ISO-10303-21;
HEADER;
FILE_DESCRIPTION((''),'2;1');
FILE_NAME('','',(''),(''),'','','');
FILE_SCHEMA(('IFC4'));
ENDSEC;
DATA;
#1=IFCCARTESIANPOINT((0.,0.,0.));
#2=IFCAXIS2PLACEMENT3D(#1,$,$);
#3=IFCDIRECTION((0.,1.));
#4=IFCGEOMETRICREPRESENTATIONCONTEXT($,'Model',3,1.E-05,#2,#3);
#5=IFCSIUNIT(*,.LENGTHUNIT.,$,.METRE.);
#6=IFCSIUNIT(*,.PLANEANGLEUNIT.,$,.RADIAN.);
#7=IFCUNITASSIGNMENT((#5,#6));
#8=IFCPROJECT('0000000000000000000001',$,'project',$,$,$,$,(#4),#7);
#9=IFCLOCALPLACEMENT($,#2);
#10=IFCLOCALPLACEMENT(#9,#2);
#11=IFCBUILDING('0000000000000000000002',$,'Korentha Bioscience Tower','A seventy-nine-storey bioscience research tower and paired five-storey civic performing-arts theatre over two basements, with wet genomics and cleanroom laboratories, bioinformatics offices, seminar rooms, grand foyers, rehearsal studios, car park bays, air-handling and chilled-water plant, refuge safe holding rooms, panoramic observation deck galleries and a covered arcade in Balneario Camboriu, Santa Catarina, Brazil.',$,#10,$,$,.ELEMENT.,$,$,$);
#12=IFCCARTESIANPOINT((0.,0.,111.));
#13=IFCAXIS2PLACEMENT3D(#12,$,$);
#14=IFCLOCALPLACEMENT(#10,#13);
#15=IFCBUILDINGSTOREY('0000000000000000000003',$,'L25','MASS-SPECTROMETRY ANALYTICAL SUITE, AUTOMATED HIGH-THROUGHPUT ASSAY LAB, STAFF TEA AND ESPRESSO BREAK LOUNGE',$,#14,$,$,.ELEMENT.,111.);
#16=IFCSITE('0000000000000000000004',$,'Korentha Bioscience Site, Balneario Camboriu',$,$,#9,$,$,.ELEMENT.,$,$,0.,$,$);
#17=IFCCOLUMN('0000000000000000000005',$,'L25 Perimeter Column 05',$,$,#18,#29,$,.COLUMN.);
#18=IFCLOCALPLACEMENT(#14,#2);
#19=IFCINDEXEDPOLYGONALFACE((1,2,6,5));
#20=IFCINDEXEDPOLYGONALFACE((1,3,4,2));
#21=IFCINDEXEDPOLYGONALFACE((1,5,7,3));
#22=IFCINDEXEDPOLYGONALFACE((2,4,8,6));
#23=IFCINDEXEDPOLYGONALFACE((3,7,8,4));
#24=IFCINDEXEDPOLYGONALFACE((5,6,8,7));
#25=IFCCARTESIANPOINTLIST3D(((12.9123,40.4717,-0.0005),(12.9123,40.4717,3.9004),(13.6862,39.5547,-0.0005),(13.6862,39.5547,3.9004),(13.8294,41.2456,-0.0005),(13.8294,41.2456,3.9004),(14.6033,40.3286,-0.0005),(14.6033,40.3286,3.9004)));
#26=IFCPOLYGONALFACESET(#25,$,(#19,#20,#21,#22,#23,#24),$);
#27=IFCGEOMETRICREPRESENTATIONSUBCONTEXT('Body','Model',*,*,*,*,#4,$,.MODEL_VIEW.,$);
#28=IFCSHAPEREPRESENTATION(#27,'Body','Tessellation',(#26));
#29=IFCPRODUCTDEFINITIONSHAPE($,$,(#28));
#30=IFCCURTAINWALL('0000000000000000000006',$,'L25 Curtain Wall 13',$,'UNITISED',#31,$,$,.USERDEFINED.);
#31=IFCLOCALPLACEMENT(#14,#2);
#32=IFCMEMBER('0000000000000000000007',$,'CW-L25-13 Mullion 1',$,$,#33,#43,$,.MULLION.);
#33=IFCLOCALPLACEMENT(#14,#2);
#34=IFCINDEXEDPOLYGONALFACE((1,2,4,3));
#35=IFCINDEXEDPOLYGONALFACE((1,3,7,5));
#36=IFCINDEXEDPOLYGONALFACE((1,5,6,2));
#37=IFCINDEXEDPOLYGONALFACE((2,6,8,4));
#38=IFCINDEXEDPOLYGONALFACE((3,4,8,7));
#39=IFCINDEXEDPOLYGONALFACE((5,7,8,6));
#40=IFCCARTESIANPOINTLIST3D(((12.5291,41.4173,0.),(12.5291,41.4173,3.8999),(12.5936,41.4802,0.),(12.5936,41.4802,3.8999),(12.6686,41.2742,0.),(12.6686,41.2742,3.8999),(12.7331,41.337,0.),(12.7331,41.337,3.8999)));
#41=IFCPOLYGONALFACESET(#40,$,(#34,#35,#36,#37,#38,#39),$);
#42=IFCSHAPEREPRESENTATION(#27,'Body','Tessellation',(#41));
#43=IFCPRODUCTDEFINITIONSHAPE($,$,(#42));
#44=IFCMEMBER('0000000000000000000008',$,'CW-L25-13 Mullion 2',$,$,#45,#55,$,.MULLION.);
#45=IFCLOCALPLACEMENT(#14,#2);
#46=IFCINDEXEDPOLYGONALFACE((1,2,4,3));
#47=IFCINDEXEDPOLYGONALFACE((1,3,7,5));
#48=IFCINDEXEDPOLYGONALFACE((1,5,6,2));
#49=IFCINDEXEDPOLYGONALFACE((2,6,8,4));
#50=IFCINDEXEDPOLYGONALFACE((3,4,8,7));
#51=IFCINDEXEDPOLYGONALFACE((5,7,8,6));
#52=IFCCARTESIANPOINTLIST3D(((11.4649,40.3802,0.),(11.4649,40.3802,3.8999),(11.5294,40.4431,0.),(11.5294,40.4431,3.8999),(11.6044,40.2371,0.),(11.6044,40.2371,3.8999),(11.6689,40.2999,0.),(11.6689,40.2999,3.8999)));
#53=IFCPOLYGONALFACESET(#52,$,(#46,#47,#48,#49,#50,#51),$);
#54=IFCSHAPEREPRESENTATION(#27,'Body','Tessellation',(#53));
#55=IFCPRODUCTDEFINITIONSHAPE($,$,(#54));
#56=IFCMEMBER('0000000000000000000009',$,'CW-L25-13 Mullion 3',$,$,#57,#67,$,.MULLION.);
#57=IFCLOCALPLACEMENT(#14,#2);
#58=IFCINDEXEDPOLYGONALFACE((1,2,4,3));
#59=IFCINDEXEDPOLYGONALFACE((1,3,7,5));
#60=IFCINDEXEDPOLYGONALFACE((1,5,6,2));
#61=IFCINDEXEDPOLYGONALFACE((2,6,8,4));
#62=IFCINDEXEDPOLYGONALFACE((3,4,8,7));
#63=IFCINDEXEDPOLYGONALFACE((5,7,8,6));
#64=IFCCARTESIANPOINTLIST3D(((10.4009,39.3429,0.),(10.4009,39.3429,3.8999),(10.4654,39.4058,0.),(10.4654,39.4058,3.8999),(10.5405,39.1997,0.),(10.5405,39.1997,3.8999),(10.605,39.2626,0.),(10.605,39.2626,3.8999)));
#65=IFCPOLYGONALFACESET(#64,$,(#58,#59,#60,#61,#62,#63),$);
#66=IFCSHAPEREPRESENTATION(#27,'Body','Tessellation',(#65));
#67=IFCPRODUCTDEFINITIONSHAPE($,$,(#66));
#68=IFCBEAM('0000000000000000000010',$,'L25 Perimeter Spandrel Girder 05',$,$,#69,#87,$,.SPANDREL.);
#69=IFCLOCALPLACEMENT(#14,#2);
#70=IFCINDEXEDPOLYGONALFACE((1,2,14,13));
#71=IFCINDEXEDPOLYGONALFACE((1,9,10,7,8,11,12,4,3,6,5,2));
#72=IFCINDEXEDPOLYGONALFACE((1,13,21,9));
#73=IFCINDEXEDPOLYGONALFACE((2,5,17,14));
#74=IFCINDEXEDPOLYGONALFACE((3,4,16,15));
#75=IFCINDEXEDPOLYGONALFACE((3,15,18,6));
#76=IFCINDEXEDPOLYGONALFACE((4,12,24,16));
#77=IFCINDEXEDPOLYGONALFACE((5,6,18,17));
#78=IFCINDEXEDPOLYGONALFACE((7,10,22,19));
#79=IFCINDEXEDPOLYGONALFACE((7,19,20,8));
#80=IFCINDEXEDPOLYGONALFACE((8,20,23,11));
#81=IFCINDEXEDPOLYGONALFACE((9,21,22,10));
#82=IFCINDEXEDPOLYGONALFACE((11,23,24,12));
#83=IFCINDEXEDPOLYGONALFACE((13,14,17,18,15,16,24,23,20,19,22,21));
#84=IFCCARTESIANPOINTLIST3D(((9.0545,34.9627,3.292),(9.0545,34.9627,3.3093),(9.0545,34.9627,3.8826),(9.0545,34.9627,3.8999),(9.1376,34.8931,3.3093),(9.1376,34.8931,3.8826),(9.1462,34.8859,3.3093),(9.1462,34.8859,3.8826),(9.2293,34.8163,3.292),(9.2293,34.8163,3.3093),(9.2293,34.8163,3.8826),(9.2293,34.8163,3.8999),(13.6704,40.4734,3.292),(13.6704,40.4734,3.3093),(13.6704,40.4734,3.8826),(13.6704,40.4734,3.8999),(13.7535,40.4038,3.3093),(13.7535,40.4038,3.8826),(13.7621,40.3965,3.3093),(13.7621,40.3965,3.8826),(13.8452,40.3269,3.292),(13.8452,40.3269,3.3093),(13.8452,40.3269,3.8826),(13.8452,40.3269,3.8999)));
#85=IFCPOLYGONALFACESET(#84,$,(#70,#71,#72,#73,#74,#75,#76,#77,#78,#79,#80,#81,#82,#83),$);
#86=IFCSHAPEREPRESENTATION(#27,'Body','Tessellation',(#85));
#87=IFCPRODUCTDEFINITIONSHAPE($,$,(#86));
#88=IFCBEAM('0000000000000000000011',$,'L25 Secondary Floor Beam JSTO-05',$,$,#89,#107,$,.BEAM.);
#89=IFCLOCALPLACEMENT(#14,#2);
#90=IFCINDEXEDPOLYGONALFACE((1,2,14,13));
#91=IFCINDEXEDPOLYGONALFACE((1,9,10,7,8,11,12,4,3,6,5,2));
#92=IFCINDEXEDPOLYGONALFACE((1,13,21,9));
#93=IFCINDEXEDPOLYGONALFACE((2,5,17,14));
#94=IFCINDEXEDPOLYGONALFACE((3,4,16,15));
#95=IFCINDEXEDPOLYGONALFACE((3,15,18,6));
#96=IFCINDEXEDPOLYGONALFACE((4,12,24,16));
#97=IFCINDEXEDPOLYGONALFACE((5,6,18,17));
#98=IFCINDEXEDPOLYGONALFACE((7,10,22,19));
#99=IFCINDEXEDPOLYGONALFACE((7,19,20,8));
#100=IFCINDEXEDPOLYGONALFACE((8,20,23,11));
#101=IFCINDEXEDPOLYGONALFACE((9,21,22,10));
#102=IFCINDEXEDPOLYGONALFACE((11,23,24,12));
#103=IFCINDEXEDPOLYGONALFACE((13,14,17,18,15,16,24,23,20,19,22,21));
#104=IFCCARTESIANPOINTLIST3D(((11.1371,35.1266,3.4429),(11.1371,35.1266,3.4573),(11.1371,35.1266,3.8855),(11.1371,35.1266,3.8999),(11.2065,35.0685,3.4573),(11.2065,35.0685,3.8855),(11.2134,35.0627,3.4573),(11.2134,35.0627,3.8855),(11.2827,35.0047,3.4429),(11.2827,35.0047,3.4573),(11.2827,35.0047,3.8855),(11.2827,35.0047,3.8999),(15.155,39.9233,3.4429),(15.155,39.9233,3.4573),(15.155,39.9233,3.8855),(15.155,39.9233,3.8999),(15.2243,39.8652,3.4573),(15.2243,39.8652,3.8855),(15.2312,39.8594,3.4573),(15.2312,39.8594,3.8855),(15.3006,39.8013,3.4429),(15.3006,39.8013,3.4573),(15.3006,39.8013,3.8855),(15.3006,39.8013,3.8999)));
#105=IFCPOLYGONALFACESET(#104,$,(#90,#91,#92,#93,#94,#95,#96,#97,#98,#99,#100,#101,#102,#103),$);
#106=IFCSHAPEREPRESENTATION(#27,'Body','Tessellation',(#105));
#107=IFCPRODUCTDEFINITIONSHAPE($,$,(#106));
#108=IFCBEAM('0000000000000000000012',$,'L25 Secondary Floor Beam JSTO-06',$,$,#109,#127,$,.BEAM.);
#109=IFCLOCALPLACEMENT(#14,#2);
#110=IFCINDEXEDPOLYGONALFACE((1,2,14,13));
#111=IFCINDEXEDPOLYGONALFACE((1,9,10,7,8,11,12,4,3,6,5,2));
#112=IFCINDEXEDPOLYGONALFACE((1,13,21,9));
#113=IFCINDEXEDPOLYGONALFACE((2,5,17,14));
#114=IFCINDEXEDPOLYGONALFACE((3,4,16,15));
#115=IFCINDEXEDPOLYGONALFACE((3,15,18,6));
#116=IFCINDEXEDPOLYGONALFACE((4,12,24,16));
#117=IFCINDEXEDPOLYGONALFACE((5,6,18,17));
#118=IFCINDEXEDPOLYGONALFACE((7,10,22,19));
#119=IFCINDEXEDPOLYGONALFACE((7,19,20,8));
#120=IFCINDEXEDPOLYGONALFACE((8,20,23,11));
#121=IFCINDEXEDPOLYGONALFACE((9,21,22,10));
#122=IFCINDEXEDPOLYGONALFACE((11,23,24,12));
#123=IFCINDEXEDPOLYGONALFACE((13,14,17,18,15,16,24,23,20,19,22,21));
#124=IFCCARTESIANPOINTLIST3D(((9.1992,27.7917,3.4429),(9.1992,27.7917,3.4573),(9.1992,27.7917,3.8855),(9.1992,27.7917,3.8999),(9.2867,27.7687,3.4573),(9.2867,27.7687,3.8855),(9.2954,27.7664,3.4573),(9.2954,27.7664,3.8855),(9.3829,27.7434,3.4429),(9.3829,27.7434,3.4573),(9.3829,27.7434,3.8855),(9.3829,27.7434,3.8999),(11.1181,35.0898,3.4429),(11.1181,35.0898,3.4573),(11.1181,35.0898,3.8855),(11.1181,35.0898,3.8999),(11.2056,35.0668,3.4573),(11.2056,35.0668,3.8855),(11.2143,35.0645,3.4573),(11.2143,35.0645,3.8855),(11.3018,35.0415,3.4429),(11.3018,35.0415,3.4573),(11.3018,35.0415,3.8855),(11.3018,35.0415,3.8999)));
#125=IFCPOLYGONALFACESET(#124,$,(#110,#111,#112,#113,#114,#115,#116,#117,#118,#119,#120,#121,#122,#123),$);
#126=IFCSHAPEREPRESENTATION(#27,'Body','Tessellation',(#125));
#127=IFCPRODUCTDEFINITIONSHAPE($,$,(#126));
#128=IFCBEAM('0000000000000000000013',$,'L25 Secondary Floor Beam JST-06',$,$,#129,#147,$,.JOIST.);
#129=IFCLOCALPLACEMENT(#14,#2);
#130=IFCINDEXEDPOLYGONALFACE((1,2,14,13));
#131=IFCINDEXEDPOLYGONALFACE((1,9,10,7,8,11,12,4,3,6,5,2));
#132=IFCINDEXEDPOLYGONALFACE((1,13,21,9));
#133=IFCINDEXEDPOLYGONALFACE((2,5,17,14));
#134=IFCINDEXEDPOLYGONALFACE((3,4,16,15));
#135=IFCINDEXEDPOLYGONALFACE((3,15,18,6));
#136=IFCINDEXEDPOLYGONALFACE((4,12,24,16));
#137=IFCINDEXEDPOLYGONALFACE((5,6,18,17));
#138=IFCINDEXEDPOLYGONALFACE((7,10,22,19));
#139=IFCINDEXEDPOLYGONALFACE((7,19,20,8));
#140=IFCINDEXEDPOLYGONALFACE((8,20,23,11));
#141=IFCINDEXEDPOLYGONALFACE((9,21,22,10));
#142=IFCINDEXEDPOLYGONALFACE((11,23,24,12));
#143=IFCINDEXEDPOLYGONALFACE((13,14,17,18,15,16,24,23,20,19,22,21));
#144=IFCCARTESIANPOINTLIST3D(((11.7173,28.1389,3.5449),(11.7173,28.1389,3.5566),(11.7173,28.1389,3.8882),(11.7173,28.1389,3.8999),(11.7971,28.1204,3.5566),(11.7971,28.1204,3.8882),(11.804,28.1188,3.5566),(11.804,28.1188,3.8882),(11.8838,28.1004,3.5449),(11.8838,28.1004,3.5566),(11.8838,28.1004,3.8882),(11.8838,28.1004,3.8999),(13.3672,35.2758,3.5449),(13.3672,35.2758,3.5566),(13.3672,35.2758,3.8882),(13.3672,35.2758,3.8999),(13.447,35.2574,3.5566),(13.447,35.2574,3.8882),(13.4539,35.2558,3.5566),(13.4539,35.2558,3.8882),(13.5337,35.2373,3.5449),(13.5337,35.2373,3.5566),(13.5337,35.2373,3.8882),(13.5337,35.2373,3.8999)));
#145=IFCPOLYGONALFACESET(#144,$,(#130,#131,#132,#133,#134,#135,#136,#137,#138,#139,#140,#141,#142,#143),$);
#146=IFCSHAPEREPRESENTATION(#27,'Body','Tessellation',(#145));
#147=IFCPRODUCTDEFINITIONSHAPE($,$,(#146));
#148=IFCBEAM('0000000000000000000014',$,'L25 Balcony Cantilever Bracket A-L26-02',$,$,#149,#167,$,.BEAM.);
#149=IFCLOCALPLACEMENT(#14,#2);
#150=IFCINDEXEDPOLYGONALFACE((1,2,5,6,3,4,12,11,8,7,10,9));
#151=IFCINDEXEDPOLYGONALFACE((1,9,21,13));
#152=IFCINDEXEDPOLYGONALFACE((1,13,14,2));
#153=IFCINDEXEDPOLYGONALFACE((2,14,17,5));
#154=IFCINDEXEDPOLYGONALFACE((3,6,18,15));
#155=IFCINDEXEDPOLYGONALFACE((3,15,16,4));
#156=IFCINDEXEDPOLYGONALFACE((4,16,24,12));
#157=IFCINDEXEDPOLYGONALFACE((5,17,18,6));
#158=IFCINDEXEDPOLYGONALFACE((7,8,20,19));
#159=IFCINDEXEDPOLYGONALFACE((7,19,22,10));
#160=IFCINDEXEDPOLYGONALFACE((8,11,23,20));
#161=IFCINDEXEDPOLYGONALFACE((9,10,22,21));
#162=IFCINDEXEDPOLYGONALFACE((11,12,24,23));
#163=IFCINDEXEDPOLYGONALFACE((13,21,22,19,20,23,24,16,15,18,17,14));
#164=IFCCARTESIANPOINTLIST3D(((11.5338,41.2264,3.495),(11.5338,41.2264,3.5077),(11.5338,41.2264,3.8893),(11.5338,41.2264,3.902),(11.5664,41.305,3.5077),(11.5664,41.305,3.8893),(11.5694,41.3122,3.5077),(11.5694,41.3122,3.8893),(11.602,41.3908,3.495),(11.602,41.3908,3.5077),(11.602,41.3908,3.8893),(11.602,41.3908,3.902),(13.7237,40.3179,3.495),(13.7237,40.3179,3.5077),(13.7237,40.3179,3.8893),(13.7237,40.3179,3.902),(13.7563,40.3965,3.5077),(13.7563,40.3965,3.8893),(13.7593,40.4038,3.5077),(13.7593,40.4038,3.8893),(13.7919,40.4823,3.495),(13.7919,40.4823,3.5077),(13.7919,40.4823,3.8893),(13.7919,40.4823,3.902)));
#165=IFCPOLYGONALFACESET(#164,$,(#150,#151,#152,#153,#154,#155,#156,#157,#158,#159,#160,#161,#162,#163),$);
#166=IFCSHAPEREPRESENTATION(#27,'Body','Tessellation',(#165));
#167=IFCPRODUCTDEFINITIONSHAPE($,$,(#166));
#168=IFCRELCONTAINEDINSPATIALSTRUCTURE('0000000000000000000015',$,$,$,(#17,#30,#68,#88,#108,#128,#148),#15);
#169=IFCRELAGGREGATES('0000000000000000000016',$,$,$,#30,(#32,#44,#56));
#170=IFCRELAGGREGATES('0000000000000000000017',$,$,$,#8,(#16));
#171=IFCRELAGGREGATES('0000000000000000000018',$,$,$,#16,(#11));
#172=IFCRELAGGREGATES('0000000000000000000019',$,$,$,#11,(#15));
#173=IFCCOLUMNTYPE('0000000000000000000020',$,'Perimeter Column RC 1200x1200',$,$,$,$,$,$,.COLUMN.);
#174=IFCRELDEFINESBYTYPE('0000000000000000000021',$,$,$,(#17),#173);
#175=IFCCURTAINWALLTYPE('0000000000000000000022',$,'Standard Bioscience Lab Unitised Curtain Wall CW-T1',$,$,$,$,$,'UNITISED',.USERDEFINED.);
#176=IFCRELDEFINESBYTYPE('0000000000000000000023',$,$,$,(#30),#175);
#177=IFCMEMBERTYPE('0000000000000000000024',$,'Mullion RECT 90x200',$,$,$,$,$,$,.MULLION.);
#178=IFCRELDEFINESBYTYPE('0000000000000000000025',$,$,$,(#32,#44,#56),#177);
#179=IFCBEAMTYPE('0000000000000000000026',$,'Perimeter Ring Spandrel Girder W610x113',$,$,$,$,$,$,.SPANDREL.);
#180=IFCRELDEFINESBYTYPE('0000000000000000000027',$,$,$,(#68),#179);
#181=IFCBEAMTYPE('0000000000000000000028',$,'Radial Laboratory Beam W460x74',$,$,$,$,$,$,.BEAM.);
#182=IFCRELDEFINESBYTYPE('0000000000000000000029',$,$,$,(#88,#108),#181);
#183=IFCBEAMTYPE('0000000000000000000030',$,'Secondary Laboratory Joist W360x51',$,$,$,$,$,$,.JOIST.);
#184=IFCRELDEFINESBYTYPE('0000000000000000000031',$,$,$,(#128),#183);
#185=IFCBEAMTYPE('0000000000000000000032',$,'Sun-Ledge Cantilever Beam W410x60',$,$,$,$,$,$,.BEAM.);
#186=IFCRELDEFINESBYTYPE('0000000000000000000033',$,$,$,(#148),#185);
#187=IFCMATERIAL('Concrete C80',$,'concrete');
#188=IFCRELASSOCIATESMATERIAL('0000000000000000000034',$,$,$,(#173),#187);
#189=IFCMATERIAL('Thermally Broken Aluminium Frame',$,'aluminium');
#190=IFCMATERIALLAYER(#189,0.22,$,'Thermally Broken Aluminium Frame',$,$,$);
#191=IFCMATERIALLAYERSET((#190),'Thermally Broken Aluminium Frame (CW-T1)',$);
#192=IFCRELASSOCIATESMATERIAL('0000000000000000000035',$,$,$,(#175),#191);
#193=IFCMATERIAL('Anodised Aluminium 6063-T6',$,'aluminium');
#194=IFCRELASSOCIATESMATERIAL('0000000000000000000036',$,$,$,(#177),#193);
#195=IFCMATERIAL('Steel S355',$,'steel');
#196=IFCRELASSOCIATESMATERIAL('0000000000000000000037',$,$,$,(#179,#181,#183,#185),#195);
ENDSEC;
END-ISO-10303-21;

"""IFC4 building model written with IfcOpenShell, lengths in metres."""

from ifc_helpers import new_model, si_unit, direction, frame, origin, origin_2d, place, context, subcontext, project, spatial, rectangle, i_section, extrude, material, layer, layer_set, material_profile, profile_set, type_object, element, aggregate, save


model = new_model("IFC4")

# Units and contexts
model_context = context("Model", 3, precision=1e-05, world=origin(), true_north=direction((0.0, 1.0)))
body_context = subcontext(model_context, "Body", "Model", "MODEL_VIEW")
ifc_project = project(units=[si_unit("LENGTHUNIT", "METRE"), si_unit("PLANEANGLEUNIT", "RADIAN")], contexts=[model_context])

# Site, building, storey
site_placement = place(None, origin())
site = spatial("IfcSite", under=ifc_project, at=site_placement, Name="Korentha Bioscience Site, Balneario Camboriu", CompositionType="ELEMENT", RefElevation=0.0)
building_placement = place(site_placement, origin())
building = spatial("IfcBuilding", under=site, at=building_placement, Name="Korentha Bioscience Tower", Description="A seventy-nine-storey bioscience research tower and paired five-storey civic performing-arts theatre over two basements, with wet genomics and cleanroom laboratories, bioinformatics offices, seminar rooms, grand foyers, rehearsal studios, car park bays, air-handling and chilled-water plant, refuge safe holding rooms, panoramic observation deck galleries and a covered arcade in Balneario Camboriu, Santa Catarina, Brazil.", CompositionType="ELEMENT")
storey_placement = place(building_placement, frame((0.0, 0.0, 111.0)))
storey = spatial("IfcBuildingStorey", under=building, at=storey_placement, Name="L25", Description="MASS-SPECTROMETRY ANALYTICAL SUITE, AUTOMATED HIGH-THROUGHPUT ASSAY LAB, STAFF TEA AND ESPRESSO BREAK LOUNGE", CompositionType="ELEMENT", Elevation=111.0)

# Column
ifc_material_1 = material(Name="Concrete C80", Category="concrete")
ifc_material_profile_1 = material_profile(ifc_material_1, rectangle(XDim=1.2, YDim=1.2, at=origin_2d()), Name="Concrete C80")
ifc_profile_set_1 = profile_set([ifc_material_profile_1], Name="Concrete C80 (COL-P12)")
column_type = type_object("IfcColumnType", Name="Perimeter Column RC 1200x1200", PredefinedType="COLUMN", material=ifc_profile_set_1)
column_placement = place(storey_placement, frame((13.7578, 40.4001, -0.0005), z_axis=(0.0, 0.0, 1.0), x_axis=(0.764246, 0.644924, 0.0)))
element("IfcColumn", 1, at=column_placement, inside=storey, type_object=column_type, Name="L25 Perimeter Column 05", PredefinedType="COLUMN", context=body_context, shape_type="SweptSolid", body=[
    extrude(rectangle(XDim=1.2, YDim=1.2, at=origin_2d()), origin(), (0.0, 0.0, 1.0), 3.9009),
])

# Curtain wall, members
ifc_material_2 = material(Name="Thermally Broken Aluminium Frame", Category="aluminium")
ifc_layer_1 = layer(ifc_material_2, 0.22, Name="Thermally Broken Aluminium Frame")
ifc_layer_set_1 = layer_set([ifc_layer_1], Name="Thermally Broken Aluminium Frame (CW-T1)")
curtain_wall_type = type_object("IfcCurtainWallType", Name="Standard Bioscience Lab Unitised Curtain Wall CW-T1", ElementType="UNITISED", PredefinedType="USERDEFINED", material=ifc_layer_set_1)
curtain_wall_placement = place(storey_placement, origin())
curtain_wall = element("IfcCurtainWall", 2, at=curtain_wall_placement, inside=storey, type_object=curtain_wall_type, Name="L25 Curtain Wall 13", ObjectType="UNITISED", PredefinedType="USERDEFINED")
ifc_material_3 = material(Name="Anodised Aluminium 6063-T6", Category="aluminium")
ifc_material_profile_2 = material_profile(ifc_material_3, rectangle(XDim=0.0901, YDim=0.2, at=origin_2d()), Name="Anodised Aluminium 6063-T6")
ifc_profile_set_2 = profile_set([ifc_material_profile_2], Name="Anodised Aluminium 6063-T6 (CW-MUL)")
member_type_1 = type_object("IfcMemberType", Name="Mullion RECT 90x200", PredefinedType="MULLION", material=ifc_profile_set_2)
member_1_placement = place(storey_placement, frame((12.6311, 41.3772, 0.0), z_axis=(0.0, 0.0, 1.0), x_axis=(-0.716096, -0.698002, 0.0)))
member_1 = element("IfcMember", 3, at=member_1_placement, type_object=member_type_1, Name="CW-L25-13 Mullion 1", PredefinedType="MULLION", context=body_context, shape_type="SweptSolid", body=[
    extrude(rectangle(XDim=0.0901, YDim=0.2, at=origin_2d()), origin(), (0.0, 0.0, 1.0), 3.8999),
])
member_2_placement = place(storey_placement, frame((11.5669, 40.3401, 0.0), z_axis=(0.0, 0.0, 1.0), x_axis=(-0.716096, -0.698002, 0.0)))
member_2 = element("IfcMember", 4, at=member_2_placement, type_object=member_type_1, Name="CW-L25-13 Mullion 2", PredefinedType="MULLION", context=body_context, shape_type="SweptSolid", body=[
    extrude(rectangle(XDim=0.0901, YDim=0.2, at=origin_2d()), origin(), (0.0, 0.0, 1.0), 3.8999),
])
member_3_placement = place(storey_placement, frame((10.5029, 39.3027, 0.0), z_axis=(0.0, 0.0, 1.0), x_axis=(-0.716096, -0.698002, 0.0)))
member_3 = element("IfcMember", 5, at=member_3_placement, type_object=member_type_1, Name="CW-L25-13 Mullion 3", PredefinedType="MULLION", context=body_context, shape_type="SweptSolid", body=[
    extrude(rectangle(XDim=0.0901, YDim=0.2, at=origin_2d()), origin(), (0.0, 0.0, 1.0), 3.8999),
])

# Beams
ifc_material_4 = material(Name="Steel S355", Category="steel")
ifc_material_profile_3 = material_profile(ifc_material_4, i_section(OverallWidth=0.228, OverallDepth=0.6079, WebThickness=0.0112, FlangeThickness=0.0173, at=origin_2d()), Name="Steel S355")
ifc_profile_set_3 = profile_set([ifc_material_profile_3], Name="Steel S355 (SB-610)")
beam_type_1 = type_object("IfcBeamType", Name="Perimeter Ring Spandrel Girder W610x113", PredefinedType="SPANDREL", material=ifc_profile_set_3)
beam_1_placement = place(storey_placement, frame((13.7578, 40.4001, 3.5959), z_axis=(-0.642127, -0.766599, 0.0), x_axis=(0.766599, -0.642127, 0.0)))
element("IfcBeam", 6, at=beam_1_placement, inside=storey, type_object=beam_type_1, Name="L25 Perimeter Spandrel Girder 05", PredefinedType="SPANDREL", context=body_context, shape_type="SweptSolid", body=[
    extrude(i_section(OverallWidth=0.228, OverallDepth=0.6079, WebThickness=0.0112, FlangeThickness=0.0173, at=origin_2d()), origin(), (0.0, 0.0, 1.0), 7.1885),
])
ifc_material_profile_4 = material_profile(ifc_material_4, i_section(OverallWidth=0.1899, OverallDepth=0.457, WebThickness=0.009, FlangeThickness=0.0144, at=origin_2d()), Name="Steel S355")
ifc_profile_set_4 = profile_set([ifc_material_profile_4], Name="Steel S355 (RB-460)")
beam_type_2 = type_object("IfcBeamType", Name="Radial Laboratory Beam W460x74", PredefinedType="BEAM", material=ifc_profile_set_4)
beam_2_placement = place(storey_placement, frame((15.2278, 39.8623, 3.6714), z_axis=(-0.642128, -0.766597, 0.0), x_axis=(0.766597, -0.642128, 0.0)))
element("IfcBeam", 7, at=beam_2_placement, inside=storey, type_object=beam_type_2, Name="L25 Secondary Floor Beam JSTO-05", PredefinedType="BEAM", context=body_context, shape_type="SweptSolid", body=[
    extrude(i_section(OverallWidth=0.1899, OverallDepth=0.457, WebThickness=0.009, FlangeThickness=0.0144, at=origin_2d()), origin(), (0.0, 0.0, 1.0), 6.2571),
])
beam_3_placement = place(storey_placement, frame((11.21, 35.0657, 3.6714), z_axis=(-0.254294, -0.967127, 0.0), x_axis=(0.967127, -0.254294, 0.0)))
element("IfcBeam", 8, at=beam_3_placement, inside=storey, type_object=beam_type_2, Name="L25 Secondary Floor Beam JSTO-06", PredefinedType="BEAM", context=body_context, shape_type="SweptSolid", body=[
    extrude(i_section(OverallWidth=0.1899, OverallDepth=0.457, WebThickness=0.009, FlangeThickness=0.0144, at=origin_2d()), origin(), (0.0, 0.0, 1.0), 7.5461),
])
ifc_material_profile_5 = material_profile(ifc_material_4, i_section(OverallWidth=0.1709, OverallDepth=0.355, WebThickness=0.0071, FlangeThickness=0.0117, at=origin_2d()), Name="Steel S355")
ifc_profile_set_5 = profile_set([ifc_material_profile_5], Name="Steel S355 (JB-360)")
beam_type_3 = type_object("IfcBeamType", Name="Secondary Laboratory Joist W360x51", PredefinedType="JOIST", material=ifc_profile_set_5)
beam_4_placement = place(storey_placement, frame((13.4504, 35.2566, 3.7224), z_axis=(-0.225237, -0.974304, 0.0), x_axis=(0.974304, -0.225237, 0.0)))
element("IfcBeam", 9, at=beam_4_placement, inside=storey, type_object=beam_type_3, Name="L25 Secondary Floor Beam JST-06", PredefinedType="JOIST", context=body_context, shape_type="SweptSolid", body=[
    extrude(i_section(OverallWidth=0.1709, OverallDepth=0.355, WebThickness=0.0071, FlangeThickness=0.0117, at=origin_2d()), origin(), (0.0, 0.0, 1.0), 7.3252),
])
ifc_material_profile_6 = material_profile(ifc_material_4, i_section(OverallWidth=0.178, OverallDepth=0.407, WebThickness=0.0078, FlangeThickness=0.0127, at=origin_2d()), Name="Steel S355")
ifc_profile_set_6 = profile_set([ifc_material_profile_6], Name="Steel S355 (CB-410)")
beam_type_4 = type_object("IfcBeamType", Name="Sun-Ledge Cantilever Beam W410x60", PredefinedType="BEAM", material=ifc_profile_set_6)
beam_5_placement = place(storey_placement, frame((13.7578, 40.4001, 3.6985), z_axis=(-0.923679, 0.383167, 0.0), x_axis=(-0.383167, -0.923679, 0.0)))
element("IfcBeam", 10, at=beam_5_placement, inside=storey, type_object=beam_type_4, Name="L25 Balcony Cantilever Bracket A-L26-02", PredefinedType="BEAM", context=body_context, shape_type="SweptSolid", body=[
    extrude(i_section(OverallWidth=0.178, OverallDepth=0.407, WebThickness=0.0078, FlangeThickness=0.0127, at=origin_2d()), origin(), (0.0, 0.0, 1.0), 2.3708),
])

aggregate(curtain_wall, [member_1, member_2, member_3])

save(model, "model.ifc")
